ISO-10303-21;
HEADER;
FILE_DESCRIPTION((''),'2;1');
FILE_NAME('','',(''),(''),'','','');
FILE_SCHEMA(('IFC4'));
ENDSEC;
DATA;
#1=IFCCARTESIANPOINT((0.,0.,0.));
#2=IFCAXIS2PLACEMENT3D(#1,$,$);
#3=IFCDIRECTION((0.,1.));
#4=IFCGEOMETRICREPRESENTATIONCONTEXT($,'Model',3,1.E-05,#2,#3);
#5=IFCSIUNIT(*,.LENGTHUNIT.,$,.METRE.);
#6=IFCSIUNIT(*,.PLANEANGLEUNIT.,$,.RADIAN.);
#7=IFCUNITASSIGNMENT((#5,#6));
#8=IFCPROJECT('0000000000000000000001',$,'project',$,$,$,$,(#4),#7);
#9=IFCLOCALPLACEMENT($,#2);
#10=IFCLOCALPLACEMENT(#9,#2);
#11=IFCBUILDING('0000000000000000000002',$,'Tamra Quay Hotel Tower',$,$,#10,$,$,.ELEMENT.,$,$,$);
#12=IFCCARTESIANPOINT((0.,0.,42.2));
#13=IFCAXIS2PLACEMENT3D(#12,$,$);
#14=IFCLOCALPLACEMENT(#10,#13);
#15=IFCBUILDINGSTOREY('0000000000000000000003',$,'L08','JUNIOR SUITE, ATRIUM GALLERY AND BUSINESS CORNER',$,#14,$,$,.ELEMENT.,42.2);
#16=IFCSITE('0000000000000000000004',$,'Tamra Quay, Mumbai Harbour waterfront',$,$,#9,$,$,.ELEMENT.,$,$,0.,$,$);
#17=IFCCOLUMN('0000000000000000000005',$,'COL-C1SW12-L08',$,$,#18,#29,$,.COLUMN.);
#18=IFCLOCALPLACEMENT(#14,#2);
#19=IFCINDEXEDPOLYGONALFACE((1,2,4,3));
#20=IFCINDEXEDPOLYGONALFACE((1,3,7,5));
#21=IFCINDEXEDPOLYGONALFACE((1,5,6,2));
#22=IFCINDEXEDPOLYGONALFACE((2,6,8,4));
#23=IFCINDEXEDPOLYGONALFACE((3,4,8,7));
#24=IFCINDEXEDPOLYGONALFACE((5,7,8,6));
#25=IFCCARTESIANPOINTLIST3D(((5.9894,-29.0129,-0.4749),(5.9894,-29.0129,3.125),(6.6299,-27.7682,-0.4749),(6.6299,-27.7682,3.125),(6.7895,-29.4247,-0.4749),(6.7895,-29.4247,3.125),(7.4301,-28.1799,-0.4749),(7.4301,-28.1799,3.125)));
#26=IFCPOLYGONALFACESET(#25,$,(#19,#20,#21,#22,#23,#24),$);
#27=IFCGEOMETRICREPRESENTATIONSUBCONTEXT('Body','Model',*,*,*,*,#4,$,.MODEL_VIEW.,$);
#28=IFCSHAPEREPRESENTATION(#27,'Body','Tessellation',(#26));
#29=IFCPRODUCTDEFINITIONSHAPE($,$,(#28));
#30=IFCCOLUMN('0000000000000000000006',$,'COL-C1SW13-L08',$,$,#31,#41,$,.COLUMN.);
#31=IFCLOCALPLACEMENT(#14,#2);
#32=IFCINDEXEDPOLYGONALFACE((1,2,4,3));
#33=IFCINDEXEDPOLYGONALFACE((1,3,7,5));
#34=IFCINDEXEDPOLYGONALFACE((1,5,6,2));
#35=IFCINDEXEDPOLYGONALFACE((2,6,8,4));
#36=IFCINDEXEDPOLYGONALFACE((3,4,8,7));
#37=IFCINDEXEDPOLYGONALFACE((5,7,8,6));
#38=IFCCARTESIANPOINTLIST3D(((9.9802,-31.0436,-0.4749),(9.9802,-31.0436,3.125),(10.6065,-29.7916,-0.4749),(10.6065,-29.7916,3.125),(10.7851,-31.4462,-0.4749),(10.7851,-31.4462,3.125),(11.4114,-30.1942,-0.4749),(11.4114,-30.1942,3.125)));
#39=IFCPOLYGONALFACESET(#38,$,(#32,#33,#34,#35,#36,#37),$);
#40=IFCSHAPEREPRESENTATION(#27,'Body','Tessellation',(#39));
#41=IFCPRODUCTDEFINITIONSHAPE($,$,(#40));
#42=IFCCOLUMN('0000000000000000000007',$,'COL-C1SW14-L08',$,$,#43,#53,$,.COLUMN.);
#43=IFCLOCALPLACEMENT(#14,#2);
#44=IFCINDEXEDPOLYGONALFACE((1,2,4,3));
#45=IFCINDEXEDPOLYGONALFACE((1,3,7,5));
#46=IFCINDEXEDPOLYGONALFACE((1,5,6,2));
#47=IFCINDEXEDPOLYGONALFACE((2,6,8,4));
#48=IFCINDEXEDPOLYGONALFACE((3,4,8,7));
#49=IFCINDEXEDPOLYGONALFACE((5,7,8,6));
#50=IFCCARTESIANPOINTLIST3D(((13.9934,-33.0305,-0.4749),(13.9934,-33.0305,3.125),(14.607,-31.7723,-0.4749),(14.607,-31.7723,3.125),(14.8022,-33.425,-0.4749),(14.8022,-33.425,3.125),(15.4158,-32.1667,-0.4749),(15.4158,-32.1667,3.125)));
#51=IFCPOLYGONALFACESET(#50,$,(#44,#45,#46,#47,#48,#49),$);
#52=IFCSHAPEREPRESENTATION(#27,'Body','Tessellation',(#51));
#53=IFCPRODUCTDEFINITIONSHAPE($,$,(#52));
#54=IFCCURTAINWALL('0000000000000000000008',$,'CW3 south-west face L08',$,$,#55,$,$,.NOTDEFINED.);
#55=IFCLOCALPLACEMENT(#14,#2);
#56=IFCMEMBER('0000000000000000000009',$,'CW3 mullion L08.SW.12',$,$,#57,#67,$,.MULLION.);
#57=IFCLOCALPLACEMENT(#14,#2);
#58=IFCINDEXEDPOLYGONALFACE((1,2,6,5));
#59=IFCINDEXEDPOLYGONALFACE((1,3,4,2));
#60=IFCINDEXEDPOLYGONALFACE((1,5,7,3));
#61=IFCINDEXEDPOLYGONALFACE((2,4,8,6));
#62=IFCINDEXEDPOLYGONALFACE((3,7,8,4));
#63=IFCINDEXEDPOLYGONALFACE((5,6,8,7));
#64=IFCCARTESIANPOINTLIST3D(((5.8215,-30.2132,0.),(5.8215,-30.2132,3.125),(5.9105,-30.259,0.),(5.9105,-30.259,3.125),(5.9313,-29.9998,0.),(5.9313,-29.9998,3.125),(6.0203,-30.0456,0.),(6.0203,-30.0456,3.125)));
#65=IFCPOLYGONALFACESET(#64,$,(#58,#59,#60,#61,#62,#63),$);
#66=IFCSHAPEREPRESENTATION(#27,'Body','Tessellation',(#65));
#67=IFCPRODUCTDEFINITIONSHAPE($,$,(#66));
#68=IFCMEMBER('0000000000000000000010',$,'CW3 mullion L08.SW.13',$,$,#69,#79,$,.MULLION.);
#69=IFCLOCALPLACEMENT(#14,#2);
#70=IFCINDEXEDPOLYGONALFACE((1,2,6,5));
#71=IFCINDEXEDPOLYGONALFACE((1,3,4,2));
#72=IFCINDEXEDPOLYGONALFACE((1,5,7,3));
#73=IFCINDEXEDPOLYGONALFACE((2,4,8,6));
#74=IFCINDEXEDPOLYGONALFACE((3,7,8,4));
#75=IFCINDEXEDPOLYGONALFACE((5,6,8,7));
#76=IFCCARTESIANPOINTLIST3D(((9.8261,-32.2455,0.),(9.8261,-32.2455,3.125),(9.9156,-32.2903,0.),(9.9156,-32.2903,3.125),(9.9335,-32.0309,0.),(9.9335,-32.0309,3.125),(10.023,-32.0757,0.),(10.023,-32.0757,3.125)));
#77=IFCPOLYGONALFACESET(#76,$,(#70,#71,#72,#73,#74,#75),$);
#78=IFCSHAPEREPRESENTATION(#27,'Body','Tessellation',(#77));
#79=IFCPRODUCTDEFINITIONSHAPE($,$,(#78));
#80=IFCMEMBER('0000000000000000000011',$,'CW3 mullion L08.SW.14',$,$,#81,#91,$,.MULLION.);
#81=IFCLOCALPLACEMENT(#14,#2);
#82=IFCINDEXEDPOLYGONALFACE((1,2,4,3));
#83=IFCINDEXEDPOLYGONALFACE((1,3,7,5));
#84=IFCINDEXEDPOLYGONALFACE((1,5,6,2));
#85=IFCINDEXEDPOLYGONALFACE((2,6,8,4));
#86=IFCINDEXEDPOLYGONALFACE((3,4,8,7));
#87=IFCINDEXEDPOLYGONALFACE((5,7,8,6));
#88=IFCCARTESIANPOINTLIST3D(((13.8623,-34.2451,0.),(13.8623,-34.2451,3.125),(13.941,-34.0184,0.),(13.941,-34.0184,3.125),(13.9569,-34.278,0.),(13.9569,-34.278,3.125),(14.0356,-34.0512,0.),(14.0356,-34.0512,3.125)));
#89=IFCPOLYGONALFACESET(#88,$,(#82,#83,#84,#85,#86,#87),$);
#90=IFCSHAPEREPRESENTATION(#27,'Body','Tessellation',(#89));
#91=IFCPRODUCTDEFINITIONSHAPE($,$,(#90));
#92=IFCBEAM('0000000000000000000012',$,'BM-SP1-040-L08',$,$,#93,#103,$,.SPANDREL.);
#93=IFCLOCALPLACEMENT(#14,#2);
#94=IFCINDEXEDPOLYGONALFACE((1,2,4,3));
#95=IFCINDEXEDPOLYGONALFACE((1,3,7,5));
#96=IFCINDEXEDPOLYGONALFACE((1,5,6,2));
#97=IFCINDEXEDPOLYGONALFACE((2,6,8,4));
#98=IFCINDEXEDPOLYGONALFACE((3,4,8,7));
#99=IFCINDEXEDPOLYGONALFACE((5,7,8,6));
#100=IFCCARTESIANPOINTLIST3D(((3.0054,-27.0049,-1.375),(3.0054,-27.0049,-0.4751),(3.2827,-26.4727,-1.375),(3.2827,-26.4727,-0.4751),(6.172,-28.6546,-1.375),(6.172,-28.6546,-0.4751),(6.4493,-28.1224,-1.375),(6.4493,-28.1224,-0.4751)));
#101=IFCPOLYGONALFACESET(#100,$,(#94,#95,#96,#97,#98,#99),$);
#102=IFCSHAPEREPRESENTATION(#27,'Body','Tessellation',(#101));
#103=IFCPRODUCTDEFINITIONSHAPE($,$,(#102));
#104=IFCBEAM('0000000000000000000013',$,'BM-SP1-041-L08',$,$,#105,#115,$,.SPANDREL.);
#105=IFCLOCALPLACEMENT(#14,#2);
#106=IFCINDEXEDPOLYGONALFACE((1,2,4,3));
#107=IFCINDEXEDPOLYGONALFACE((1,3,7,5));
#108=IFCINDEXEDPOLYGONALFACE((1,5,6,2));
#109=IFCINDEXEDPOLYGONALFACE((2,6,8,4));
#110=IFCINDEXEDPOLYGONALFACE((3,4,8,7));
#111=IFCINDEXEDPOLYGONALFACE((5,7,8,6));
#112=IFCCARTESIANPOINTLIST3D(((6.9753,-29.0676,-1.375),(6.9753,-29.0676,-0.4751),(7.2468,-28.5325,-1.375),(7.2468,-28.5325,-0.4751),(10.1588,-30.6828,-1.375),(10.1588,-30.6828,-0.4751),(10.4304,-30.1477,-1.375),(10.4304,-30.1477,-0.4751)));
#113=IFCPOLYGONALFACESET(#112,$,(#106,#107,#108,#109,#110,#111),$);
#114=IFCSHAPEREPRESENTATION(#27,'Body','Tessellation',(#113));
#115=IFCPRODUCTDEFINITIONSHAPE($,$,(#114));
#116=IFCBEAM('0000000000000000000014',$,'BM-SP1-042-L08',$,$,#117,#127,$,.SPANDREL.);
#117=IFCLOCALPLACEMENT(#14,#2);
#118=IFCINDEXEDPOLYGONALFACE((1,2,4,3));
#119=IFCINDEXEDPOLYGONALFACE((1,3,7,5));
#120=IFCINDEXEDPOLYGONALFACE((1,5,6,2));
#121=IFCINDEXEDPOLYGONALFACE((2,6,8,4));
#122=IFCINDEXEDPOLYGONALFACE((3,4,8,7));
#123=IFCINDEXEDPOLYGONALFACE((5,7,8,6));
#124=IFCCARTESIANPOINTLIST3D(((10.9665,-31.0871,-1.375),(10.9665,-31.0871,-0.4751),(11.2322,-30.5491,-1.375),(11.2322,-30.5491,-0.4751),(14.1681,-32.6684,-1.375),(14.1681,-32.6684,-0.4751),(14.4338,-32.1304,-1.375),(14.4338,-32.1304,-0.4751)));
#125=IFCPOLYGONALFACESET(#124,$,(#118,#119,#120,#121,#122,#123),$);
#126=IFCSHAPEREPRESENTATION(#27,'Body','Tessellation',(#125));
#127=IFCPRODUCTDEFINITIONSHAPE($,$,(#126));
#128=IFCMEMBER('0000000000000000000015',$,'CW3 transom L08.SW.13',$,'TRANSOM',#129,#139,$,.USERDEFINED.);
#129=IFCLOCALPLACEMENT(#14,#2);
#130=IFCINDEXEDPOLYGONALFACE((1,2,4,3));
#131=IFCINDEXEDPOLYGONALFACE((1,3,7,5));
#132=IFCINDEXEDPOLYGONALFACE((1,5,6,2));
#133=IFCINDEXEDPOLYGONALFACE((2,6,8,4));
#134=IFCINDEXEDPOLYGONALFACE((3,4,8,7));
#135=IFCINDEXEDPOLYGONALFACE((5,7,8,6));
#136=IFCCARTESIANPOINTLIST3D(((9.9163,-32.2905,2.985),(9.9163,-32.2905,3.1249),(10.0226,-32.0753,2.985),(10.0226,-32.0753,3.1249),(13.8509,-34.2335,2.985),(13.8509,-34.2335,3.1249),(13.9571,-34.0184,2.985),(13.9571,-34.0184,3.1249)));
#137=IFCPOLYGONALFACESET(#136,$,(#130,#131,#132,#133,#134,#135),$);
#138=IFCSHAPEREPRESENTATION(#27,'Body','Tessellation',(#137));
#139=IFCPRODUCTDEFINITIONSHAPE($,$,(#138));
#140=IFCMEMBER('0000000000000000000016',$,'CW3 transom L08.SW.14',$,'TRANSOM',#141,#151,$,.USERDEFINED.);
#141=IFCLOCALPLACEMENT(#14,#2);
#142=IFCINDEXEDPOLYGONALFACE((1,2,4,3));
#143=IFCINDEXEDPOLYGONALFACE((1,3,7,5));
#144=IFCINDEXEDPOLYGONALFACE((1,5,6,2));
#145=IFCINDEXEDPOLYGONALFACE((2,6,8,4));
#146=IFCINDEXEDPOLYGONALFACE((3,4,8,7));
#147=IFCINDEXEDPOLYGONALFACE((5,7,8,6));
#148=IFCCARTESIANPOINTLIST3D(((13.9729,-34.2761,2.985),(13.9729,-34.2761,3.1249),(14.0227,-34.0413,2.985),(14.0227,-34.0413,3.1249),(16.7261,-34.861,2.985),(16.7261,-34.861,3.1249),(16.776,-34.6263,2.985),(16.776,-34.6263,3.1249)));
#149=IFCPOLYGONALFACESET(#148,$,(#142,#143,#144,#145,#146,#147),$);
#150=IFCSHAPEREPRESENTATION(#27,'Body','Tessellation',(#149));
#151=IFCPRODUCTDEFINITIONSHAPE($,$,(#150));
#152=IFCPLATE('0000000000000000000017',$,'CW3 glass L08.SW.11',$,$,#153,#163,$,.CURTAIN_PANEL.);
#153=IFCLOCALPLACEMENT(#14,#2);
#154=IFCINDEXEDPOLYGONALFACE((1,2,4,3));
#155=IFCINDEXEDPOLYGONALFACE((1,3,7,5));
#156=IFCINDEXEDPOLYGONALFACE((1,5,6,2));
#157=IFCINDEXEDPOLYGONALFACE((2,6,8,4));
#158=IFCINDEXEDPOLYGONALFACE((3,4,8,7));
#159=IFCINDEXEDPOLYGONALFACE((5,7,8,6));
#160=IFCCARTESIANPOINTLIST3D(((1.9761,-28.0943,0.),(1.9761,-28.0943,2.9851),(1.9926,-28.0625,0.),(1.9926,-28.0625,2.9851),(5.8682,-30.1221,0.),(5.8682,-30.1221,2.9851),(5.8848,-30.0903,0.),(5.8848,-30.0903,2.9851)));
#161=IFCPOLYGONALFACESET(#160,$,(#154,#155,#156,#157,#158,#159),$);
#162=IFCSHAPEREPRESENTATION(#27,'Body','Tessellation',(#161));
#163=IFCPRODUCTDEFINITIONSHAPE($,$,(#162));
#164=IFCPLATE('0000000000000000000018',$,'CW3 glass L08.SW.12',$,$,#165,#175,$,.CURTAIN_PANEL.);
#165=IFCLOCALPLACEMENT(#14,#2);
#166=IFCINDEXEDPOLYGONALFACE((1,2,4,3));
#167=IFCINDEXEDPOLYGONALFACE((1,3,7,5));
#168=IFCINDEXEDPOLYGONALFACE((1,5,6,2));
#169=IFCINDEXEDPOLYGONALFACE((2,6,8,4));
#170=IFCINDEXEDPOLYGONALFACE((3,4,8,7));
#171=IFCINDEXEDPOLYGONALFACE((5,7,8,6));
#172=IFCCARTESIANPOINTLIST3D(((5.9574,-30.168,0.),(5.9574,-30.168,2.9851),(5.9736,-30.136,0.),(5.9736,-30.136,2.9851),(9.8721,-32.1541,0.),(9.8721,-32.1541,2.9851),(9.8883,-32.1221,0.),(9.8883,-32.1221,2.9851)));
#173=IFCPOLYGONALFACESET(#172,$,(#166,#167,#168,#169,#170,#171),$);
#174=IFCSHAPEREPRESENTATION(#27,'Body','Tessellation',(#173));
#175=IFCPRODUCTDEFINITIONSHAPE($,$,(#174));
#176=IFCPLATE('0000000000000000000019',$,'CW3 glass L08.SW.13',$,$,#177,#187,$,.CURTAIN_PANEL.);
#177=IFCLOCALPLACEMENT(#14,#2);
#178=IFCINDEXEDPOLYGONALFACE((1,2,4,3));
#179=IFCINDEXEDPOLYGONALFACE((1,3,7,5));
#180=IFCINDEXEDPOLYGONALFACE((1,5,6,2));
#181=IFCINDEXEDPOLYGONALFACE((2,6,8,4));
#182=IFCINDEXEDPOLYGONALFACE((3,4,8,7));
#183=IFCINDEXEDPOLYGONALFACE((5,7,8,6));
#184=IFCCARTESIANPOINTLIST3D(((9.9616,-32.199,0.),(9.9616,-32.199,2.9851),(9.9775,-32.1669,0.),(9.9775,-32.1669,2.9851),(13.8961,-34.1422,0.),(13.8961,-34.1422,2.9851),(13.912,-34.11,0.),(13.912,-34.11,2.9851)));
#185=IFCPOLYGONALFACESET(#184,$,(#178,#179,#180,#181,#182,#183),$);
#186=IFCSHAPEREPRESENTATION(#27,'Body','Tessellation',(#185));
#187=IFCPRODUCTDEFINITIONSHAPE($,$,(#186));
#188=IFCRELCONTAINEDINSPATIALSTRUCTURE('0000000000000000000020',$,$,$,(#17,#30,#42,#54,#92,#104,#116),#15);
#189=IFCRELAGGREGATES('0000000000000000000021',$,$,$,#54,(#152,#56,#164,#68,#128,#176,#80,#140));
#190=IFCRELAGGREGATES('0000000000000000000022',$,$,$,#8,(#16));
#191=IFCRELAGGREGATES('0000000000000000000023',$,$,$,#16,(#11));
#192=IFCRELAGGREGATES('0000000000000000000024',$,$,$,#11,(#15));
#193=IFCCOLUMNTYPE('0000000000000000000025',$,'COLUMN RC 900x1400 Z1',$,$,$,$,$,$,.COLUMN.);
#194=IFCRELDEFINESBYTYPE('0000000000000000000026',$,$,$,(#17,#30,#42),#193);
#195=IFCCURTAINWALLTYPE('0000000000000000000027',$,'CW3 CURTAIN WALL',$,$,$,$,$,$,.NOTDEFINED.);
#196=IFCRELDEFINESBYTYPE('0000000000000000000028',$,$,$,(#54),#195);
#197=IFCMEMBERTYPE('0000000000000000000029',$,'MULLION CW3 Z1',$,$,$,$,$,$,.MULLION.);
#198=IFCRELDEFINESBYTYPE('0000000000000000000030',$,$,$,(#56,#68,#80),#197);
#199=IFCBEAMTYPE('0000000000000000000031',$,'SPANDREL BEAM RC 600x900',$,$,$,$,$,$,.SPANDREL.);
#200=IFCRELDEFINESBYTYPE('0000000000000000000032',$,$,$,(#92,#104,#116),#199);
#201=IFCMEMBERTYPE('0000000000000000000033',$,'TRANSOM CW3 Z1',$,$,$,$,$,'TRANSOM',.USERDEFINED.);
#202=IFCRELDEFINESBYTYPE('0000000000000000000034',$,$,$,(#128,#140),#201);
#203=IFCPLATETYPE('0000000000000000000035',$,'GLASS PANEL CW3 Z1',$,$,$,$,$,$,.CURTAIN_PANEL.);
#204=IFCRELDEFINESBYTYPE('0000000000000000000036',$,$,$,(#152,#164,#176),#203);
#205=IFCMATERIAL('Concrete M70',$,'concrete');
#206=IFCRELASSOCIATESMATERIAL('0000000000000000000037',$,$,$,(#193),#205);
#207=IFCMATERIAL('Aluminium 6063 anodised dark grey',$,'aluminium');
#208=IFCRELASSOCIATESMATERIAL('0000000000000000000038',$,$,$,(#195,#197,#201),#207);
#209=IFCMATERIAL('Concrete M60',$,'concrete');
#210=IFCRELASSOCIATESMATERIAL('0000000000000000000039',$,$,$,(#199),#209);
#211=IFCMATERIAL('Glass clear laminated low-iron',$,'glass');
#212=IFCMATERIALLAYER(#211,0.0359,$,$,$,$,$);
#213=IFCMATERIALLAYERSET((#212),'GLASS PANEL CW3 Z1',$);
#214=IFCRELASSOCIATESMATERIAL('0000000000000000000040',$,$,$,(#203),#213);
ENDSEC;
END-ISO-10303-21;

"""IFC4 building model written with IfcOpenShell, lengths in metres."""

from ifc_helpers import new_model, si_unit, direction, frame, origin, origin_2d, place, context, subcontext, project, spatial, rectangle, extrude, material, layer, layer_set, material_profile, profile_set, type_object, element, aggregate, save


model = new_model("IFC4")

# Units and contexts
model_context = context("Model", 3, precision=1e-05, world=origin(), true_north=direction((0.0, 1.0)))
body_context = subcontext(model_context, "Body", "Model", "MODEL_VIEW")
ifc_project = project(units=[si_unit("LENGTHUNIT", "METRE"), si_unit("PLANEANGLEUNIT", "RADIAN")], contexts=[model_context])

# Site, building, storey
site_placement = place(None, origin())
site = spatial("IfcSite", under=ifc_project, at=site_placement, Name="Tamra Quay, Mumbai Harbour waterfront", CompositionType="ELEMENT", RefElevation=0.0)
building_placement = place(site_placement, origin())
building = spatial("IfcBuilding", under=site, at=building_placement, Name="Tamra Quay Hotel Tower", CompositionType="ELEMENT")
storey_placement = place(building_placement, frame((0.0, 0.0, 42.2)))
storey = spatial("IfcBuildingStorey", under=building, at=storey_placement, Name="L08", Description="JUNIOR SUITE, ATRIUM GALLERY AND BUSINESS CORNER", CompositionType="ELEMENT", Elevation=42.2)

# Columns
ifc_material_1 = material(Name="Concrete M70", Category="concrete")
ifc_material_profile_1 = material_profile(ifc_material_1, rectangle(XDim=1.3999, YDim=0.8999, at=origin_2d()), Name="COLUMN RC 900x1400 Z1")
ifc_profile_set_1 = profile_set([ifc_material_profile_1], Name="Concrete M70")
column_type = type_object("IfcColumnType", Name="COLUMN RC 900x1400 Z1", PredefinedType="COLUMN", material=ifc_profile_set_1)
for number, where, z_axis, x_axis, name in (
    (1, (6.7097, -28.5964, -0.4749), (0.0, 0.0, 1.0), (0.457548, 0.889185, 0.0), "COL-C1SW12-L08"),
    (2, (10.6958, -30.6189, -0.4749), (0.0, 0.0, 1.0), (0.447377, 0.894346, 0.0), "COL-C1SW13-L08"),
    (3, (14.7046, -32.5986, -0.4749), (0.0, 0.0, 1.0), (0.438341, 0.898809, 0.0), "COL-C1SW14-L08"),
):
    element("IfcColumn", number, at=place(storey_placement, frame(where, z_axis=z_axis, x_axis=x_axis)), inside=storey, type_object=column_type, Name=name, PredefinedType="COLUMN", context=body_context, shape_type="SweptSolid", body=[
        extrude(rectangle(XDim=1.3999, YDim=0.8999, at=origin_2d()), origin(), (0.0, 0.0, 1.0), 3.5999),
    ])

# Curtain wall, members
ifc_material_2 = material(Name="Aluminium 6063 anodised dark grey", Category="aluminium")
curtain_wall_type = type_object("IfcCurtainWallType", Name="CW3 CURTAIN WALL", PredefinedType="NOTDEFINED", material=ifc_material_2)
curtain_wall_placement = place(storey_placement, origin())
curtain_wall = element("IfcCurtainWall", 4, at=curtain_wall_placement, inside=storey, type_object=curtain_wall_type, Name="CW3 south-west face L08", PredefinedType="NOTDEFINED")
ifc_material_profile_2 = material_profile(ifc_material_2, rectangle(XDim=0.24, YDim=0.1001, at=origin_2d()), Name="MULLION 100X240")
ifc_profile_set_2 = profile_set([ifc_material_profile_2], Name="Aluminium 6063 anodised dark grey")
member_type_1 = type_object("IfcMemberType", Name="MULLION CW3 Z1", PredefinedType="MULLION", material=ifc_profile_set_2)
member_1_placement = place(storey_placement, frame((5.9209, -30.1294, 0.0), z_axis=(0.0, 0.0, 1.0), x_axis=(-0.457254, -0.889336, 0.0)))
member_1 = element("IfcMember", 5, at=member_1_placement, type_object=member_type_1, Name="CW3 mullion L08.SW.12", PredefinedType="MULLION", context=body_context, shape_type="SweptSolid", body=[
    extrude(rectangle(XDim=0.24, YDim=0.1001, at=origin_2d()), origin(), (0.0, 0.0, 1.0), 3.125),
])
member_2_placement = place(storey_placement, frame((9.9246, -32.1606, 0.0), z_axis=(0.0, 0.0, 1.0), x_axis=(-0.447641, -0.894214, 0.0)))
member_2 = element("IfcMember", 6, at=member_2_placement, type_object=member_type_1, Name="CW3 mullion L08.SW.13", PredefinedType="MULLION", context=body_context, shape_type="SweptSolid", body=[
    extrude(rectangle(XDim=0.24, YDim=0.1001, at=origin_2d()), origin(), (0.0, 0.0, 1.0), 3.125),
])
member_3_placement = place(storey_placement, frame((13.949, -34.1482, 0.0), z_axis=(0.0, 0.0, 1.0), x_axis=(-0.327898, -0.944713, 0.0)))
member_3 = element("IfcMember", 7, at=member_3_placement, type_object=member_type_1, Name="CW3 mullion L08.SW.14", PredefinedType="MULLION", context=body_context, shape_type="SweptSolid", body=[
    extrude(rectangle(XDim=0.24, YDim=0.1001, at=origin_2d()), origin(), (0.0, 0.0, 1.0), 3.125),
])

# Beams
ifc_material_3 = material(Name="Concrete M60", Category="concrete")
ifc_material_profile_3 = material_profile(ifc_material_3, rectangle(XDim=0.6001, YDim=0.8999, at=origin_2d()), Name="SPANDREL BEAM RC 600x900")
ifc_profile_set_3 = profile_set([ifc_material_profile_3], Name="Concrete M60")
beam_type = type_object("IfcBeamType", Name="SPANDREL BEAM RC 600x900", PredefinedType="SPANDREL", material=ifc_profile_set_3)
beam_1_placement = place(storey_placement, frame((3.144, -26.7388, -0.925), z_axis=(0.886864, -0.462031, 0.0), x_axis=(0.462031, 0.886864, 0.0)))
element("IfcBeam", 8, at=beam_1_placement, inside=storey, type_object=beam_type, Name="BM-SP1-040-L08", PredefinedType="SPANDREL", context=body_context, shape_type="SweptSolid", body=[
    extrude(rectangle(XDim=0.6001, YDim=0.8999, at=origin_2d()), origin(), (0.0, 0.0, 1.0), 3.5706),
])
beam_2_placement = place(storey_placement, frame((7.1111, -28.8, -0.925), z_axis=(0.891786, -0.452458, 0.0), x_axis=(0.452458, 0.891786, 0.0)))
element("IfcBeam", 9, at=beam_2_placement, inside=storey, type_object=beam_type, Name="BM-SP1-041-L08", PredefinedType="SPANDREL", context=body_context, shape_type="SweptSolid", body=[
    extrude(rectangle(XDim=0.6001, YDim=0.8999, at=origin_2d()), origin(), (0.0, 0.0, 1.0), 3.5698),
])
beam_3_placement = place(storey_placement, frame((11.0994, -30.8181, -0.925), z_axis=(0.896604, -0.442833, 0.0), x_axis=(0.442833, 0.896604, 0.0)))
element("IfcBeam", 10, at=beam_3_placement, inside=storey, type_object=beam_type, Name="BM-SP1-042-L08", PredefinedType="SPANDREL", context=body_context, shape_type="SweptSolid", body=[
    extrude(rectangle(XDim=0.6001, YDim=0.8999, at=origin_2d()), origin(), (0.0, 0.0, 1.0), 3.5708),
])

# Members
ifc_material_profile_4 = material_profile(ifc_material_2, rectangle(XDim=0.24, YDim=0.1399, at=origin_2d()), Name="TRANSOM 240X140")
ifc_profile_set_4 = profile_set([ifc_material_profile_4], Name="Aluminium 6063 anodised dark grey")
member_type_2 = type_object("IfcMemberType", Name="TRANSOM CW3 Z1", ElementType="TRANSOM", PredefinedType="USERDEFINED", material=ifc_profile_set_4)
member_4_placement = place(storey_placement, frame((9.9695, -32.1829, 3.0549), z_axis=(0.896619, -0.442802, 0.0), x_axis=(0.442802, 0.896619, 0.0)))
member_4 = element("IfcMember", 11, at=member_4_placement, type_object=member_type_2, Name="CW3 transom L08.SW.13", ObjectType="TRANSOM", PredefinedType="USERDEFINED", context=body_context, shape_type="SweptSolid", body=[
    extrude(rectangle(XDim=0.24, YDim=0.1399, at=origin_2d()), origin(), (0.0, 0.0, 1.0), 4.3882),
])
member_5_placement = place(storey_placement, frame((13.9978, -34.1587, 3.0549), z_axis=(0.978165, -0.207829, 0.0), x_axis=(0.207829, 0.978165, 0.0)))
member_5 = element("IfcMember", 12, at=member_5_placement, type_object=member_type_2, Name="CW3 transom L08.SW.14", ObjectType="TRANSOM", PredefinedType="USERDEFINED", context=body_context, shape_type="SweptSolid", body=[
    extrude(rectangle(XDim=0.24, YDim=0.1399, at=origin_2d()), origin(), (0.0, 0.0, 1.0), 2.8147),
])

# Plates
ifc_material_4 = material(Name="Glass clear laminated low-iron", Category="glass")
ifc_layer_1 = layer(ifc_material_4, 0.0359)
ifc_layer_set_1 = layer_set([ifc_layer_1], Name="GLASS PANEL CW3 Z1")
plate_type = type_object("IfcPlateType", Name="GLASS PANEL CW3 Z1", PredefinedType="CURTAIN_PANEL", material=ifc_layer_set_1)
plate_1_placement = place(storey_placement, frame((3.9304, -29.0923, 0.0), z_axis=(0.0, 0.0, 1.0), x_axis=(0.886857, -0.462045, 0.0)))
plate_1 = element("IfcPlate", 13, at=plate_1_placement, type_object=plate_type, Name="CW3 glass L08.SW.11", PredefinedType="CURTAIN_PANEL", context=body_context, shape_type="SweptSolid", body=[
    extrude(rectangle(XDim=4.3887, YDim=0.0359, at=origin_2d()), origin(), (0.0, 0.0, 1.0), 2.9851),
])
plate_2_placement = place(storey_placement, frame((7.9229, -31.145, 0.0), z_axis=(0.0, 0.0, 1.0), x_axis=(0.89179, -0.45245, 0.0)))
plate_2 = element("IfcPlate", 14, at=plate_2_placement, type_object=plate_type, Name="CW3 glass L08.SW.12", PredefinedType="CURTAIN_PANEL", context=body_context, shape_type="SweptSolid", body=[
    extrude(rectangle(XDim=4.3896, YDim=0.0359, at=origin_2d()), origin(), (0.0, 0.0, 1.0), 2.9851),
])
plate_3_placement = place(storey_placement, frame((11.9368, -33.1545, 0.0), z_axis=(0.0, 0.0, 1.0), x_axis=(0.896611, -0.442819, 0.0)))
plate_3 = element("IfcPlate", 15, at=plate_3_placement, type_object=plate_type, Name="CW3 glass L08.SW.13", PredefinedType="CURTAIN_PANEL", context=body_context, shape_type="SweptSolid", body=[
    extrude(rectangle(XDim=4.3882, YDim=0.0359, at=origin_2d()), origin(), (0.0, 0.0, 1.0), 2.9851),
])
aggregate(curtain_wall, [plate_1, member_1, plate_2, member_2, member_4, plate_3, member_3, member_5])

save(model, "model.ifc")
